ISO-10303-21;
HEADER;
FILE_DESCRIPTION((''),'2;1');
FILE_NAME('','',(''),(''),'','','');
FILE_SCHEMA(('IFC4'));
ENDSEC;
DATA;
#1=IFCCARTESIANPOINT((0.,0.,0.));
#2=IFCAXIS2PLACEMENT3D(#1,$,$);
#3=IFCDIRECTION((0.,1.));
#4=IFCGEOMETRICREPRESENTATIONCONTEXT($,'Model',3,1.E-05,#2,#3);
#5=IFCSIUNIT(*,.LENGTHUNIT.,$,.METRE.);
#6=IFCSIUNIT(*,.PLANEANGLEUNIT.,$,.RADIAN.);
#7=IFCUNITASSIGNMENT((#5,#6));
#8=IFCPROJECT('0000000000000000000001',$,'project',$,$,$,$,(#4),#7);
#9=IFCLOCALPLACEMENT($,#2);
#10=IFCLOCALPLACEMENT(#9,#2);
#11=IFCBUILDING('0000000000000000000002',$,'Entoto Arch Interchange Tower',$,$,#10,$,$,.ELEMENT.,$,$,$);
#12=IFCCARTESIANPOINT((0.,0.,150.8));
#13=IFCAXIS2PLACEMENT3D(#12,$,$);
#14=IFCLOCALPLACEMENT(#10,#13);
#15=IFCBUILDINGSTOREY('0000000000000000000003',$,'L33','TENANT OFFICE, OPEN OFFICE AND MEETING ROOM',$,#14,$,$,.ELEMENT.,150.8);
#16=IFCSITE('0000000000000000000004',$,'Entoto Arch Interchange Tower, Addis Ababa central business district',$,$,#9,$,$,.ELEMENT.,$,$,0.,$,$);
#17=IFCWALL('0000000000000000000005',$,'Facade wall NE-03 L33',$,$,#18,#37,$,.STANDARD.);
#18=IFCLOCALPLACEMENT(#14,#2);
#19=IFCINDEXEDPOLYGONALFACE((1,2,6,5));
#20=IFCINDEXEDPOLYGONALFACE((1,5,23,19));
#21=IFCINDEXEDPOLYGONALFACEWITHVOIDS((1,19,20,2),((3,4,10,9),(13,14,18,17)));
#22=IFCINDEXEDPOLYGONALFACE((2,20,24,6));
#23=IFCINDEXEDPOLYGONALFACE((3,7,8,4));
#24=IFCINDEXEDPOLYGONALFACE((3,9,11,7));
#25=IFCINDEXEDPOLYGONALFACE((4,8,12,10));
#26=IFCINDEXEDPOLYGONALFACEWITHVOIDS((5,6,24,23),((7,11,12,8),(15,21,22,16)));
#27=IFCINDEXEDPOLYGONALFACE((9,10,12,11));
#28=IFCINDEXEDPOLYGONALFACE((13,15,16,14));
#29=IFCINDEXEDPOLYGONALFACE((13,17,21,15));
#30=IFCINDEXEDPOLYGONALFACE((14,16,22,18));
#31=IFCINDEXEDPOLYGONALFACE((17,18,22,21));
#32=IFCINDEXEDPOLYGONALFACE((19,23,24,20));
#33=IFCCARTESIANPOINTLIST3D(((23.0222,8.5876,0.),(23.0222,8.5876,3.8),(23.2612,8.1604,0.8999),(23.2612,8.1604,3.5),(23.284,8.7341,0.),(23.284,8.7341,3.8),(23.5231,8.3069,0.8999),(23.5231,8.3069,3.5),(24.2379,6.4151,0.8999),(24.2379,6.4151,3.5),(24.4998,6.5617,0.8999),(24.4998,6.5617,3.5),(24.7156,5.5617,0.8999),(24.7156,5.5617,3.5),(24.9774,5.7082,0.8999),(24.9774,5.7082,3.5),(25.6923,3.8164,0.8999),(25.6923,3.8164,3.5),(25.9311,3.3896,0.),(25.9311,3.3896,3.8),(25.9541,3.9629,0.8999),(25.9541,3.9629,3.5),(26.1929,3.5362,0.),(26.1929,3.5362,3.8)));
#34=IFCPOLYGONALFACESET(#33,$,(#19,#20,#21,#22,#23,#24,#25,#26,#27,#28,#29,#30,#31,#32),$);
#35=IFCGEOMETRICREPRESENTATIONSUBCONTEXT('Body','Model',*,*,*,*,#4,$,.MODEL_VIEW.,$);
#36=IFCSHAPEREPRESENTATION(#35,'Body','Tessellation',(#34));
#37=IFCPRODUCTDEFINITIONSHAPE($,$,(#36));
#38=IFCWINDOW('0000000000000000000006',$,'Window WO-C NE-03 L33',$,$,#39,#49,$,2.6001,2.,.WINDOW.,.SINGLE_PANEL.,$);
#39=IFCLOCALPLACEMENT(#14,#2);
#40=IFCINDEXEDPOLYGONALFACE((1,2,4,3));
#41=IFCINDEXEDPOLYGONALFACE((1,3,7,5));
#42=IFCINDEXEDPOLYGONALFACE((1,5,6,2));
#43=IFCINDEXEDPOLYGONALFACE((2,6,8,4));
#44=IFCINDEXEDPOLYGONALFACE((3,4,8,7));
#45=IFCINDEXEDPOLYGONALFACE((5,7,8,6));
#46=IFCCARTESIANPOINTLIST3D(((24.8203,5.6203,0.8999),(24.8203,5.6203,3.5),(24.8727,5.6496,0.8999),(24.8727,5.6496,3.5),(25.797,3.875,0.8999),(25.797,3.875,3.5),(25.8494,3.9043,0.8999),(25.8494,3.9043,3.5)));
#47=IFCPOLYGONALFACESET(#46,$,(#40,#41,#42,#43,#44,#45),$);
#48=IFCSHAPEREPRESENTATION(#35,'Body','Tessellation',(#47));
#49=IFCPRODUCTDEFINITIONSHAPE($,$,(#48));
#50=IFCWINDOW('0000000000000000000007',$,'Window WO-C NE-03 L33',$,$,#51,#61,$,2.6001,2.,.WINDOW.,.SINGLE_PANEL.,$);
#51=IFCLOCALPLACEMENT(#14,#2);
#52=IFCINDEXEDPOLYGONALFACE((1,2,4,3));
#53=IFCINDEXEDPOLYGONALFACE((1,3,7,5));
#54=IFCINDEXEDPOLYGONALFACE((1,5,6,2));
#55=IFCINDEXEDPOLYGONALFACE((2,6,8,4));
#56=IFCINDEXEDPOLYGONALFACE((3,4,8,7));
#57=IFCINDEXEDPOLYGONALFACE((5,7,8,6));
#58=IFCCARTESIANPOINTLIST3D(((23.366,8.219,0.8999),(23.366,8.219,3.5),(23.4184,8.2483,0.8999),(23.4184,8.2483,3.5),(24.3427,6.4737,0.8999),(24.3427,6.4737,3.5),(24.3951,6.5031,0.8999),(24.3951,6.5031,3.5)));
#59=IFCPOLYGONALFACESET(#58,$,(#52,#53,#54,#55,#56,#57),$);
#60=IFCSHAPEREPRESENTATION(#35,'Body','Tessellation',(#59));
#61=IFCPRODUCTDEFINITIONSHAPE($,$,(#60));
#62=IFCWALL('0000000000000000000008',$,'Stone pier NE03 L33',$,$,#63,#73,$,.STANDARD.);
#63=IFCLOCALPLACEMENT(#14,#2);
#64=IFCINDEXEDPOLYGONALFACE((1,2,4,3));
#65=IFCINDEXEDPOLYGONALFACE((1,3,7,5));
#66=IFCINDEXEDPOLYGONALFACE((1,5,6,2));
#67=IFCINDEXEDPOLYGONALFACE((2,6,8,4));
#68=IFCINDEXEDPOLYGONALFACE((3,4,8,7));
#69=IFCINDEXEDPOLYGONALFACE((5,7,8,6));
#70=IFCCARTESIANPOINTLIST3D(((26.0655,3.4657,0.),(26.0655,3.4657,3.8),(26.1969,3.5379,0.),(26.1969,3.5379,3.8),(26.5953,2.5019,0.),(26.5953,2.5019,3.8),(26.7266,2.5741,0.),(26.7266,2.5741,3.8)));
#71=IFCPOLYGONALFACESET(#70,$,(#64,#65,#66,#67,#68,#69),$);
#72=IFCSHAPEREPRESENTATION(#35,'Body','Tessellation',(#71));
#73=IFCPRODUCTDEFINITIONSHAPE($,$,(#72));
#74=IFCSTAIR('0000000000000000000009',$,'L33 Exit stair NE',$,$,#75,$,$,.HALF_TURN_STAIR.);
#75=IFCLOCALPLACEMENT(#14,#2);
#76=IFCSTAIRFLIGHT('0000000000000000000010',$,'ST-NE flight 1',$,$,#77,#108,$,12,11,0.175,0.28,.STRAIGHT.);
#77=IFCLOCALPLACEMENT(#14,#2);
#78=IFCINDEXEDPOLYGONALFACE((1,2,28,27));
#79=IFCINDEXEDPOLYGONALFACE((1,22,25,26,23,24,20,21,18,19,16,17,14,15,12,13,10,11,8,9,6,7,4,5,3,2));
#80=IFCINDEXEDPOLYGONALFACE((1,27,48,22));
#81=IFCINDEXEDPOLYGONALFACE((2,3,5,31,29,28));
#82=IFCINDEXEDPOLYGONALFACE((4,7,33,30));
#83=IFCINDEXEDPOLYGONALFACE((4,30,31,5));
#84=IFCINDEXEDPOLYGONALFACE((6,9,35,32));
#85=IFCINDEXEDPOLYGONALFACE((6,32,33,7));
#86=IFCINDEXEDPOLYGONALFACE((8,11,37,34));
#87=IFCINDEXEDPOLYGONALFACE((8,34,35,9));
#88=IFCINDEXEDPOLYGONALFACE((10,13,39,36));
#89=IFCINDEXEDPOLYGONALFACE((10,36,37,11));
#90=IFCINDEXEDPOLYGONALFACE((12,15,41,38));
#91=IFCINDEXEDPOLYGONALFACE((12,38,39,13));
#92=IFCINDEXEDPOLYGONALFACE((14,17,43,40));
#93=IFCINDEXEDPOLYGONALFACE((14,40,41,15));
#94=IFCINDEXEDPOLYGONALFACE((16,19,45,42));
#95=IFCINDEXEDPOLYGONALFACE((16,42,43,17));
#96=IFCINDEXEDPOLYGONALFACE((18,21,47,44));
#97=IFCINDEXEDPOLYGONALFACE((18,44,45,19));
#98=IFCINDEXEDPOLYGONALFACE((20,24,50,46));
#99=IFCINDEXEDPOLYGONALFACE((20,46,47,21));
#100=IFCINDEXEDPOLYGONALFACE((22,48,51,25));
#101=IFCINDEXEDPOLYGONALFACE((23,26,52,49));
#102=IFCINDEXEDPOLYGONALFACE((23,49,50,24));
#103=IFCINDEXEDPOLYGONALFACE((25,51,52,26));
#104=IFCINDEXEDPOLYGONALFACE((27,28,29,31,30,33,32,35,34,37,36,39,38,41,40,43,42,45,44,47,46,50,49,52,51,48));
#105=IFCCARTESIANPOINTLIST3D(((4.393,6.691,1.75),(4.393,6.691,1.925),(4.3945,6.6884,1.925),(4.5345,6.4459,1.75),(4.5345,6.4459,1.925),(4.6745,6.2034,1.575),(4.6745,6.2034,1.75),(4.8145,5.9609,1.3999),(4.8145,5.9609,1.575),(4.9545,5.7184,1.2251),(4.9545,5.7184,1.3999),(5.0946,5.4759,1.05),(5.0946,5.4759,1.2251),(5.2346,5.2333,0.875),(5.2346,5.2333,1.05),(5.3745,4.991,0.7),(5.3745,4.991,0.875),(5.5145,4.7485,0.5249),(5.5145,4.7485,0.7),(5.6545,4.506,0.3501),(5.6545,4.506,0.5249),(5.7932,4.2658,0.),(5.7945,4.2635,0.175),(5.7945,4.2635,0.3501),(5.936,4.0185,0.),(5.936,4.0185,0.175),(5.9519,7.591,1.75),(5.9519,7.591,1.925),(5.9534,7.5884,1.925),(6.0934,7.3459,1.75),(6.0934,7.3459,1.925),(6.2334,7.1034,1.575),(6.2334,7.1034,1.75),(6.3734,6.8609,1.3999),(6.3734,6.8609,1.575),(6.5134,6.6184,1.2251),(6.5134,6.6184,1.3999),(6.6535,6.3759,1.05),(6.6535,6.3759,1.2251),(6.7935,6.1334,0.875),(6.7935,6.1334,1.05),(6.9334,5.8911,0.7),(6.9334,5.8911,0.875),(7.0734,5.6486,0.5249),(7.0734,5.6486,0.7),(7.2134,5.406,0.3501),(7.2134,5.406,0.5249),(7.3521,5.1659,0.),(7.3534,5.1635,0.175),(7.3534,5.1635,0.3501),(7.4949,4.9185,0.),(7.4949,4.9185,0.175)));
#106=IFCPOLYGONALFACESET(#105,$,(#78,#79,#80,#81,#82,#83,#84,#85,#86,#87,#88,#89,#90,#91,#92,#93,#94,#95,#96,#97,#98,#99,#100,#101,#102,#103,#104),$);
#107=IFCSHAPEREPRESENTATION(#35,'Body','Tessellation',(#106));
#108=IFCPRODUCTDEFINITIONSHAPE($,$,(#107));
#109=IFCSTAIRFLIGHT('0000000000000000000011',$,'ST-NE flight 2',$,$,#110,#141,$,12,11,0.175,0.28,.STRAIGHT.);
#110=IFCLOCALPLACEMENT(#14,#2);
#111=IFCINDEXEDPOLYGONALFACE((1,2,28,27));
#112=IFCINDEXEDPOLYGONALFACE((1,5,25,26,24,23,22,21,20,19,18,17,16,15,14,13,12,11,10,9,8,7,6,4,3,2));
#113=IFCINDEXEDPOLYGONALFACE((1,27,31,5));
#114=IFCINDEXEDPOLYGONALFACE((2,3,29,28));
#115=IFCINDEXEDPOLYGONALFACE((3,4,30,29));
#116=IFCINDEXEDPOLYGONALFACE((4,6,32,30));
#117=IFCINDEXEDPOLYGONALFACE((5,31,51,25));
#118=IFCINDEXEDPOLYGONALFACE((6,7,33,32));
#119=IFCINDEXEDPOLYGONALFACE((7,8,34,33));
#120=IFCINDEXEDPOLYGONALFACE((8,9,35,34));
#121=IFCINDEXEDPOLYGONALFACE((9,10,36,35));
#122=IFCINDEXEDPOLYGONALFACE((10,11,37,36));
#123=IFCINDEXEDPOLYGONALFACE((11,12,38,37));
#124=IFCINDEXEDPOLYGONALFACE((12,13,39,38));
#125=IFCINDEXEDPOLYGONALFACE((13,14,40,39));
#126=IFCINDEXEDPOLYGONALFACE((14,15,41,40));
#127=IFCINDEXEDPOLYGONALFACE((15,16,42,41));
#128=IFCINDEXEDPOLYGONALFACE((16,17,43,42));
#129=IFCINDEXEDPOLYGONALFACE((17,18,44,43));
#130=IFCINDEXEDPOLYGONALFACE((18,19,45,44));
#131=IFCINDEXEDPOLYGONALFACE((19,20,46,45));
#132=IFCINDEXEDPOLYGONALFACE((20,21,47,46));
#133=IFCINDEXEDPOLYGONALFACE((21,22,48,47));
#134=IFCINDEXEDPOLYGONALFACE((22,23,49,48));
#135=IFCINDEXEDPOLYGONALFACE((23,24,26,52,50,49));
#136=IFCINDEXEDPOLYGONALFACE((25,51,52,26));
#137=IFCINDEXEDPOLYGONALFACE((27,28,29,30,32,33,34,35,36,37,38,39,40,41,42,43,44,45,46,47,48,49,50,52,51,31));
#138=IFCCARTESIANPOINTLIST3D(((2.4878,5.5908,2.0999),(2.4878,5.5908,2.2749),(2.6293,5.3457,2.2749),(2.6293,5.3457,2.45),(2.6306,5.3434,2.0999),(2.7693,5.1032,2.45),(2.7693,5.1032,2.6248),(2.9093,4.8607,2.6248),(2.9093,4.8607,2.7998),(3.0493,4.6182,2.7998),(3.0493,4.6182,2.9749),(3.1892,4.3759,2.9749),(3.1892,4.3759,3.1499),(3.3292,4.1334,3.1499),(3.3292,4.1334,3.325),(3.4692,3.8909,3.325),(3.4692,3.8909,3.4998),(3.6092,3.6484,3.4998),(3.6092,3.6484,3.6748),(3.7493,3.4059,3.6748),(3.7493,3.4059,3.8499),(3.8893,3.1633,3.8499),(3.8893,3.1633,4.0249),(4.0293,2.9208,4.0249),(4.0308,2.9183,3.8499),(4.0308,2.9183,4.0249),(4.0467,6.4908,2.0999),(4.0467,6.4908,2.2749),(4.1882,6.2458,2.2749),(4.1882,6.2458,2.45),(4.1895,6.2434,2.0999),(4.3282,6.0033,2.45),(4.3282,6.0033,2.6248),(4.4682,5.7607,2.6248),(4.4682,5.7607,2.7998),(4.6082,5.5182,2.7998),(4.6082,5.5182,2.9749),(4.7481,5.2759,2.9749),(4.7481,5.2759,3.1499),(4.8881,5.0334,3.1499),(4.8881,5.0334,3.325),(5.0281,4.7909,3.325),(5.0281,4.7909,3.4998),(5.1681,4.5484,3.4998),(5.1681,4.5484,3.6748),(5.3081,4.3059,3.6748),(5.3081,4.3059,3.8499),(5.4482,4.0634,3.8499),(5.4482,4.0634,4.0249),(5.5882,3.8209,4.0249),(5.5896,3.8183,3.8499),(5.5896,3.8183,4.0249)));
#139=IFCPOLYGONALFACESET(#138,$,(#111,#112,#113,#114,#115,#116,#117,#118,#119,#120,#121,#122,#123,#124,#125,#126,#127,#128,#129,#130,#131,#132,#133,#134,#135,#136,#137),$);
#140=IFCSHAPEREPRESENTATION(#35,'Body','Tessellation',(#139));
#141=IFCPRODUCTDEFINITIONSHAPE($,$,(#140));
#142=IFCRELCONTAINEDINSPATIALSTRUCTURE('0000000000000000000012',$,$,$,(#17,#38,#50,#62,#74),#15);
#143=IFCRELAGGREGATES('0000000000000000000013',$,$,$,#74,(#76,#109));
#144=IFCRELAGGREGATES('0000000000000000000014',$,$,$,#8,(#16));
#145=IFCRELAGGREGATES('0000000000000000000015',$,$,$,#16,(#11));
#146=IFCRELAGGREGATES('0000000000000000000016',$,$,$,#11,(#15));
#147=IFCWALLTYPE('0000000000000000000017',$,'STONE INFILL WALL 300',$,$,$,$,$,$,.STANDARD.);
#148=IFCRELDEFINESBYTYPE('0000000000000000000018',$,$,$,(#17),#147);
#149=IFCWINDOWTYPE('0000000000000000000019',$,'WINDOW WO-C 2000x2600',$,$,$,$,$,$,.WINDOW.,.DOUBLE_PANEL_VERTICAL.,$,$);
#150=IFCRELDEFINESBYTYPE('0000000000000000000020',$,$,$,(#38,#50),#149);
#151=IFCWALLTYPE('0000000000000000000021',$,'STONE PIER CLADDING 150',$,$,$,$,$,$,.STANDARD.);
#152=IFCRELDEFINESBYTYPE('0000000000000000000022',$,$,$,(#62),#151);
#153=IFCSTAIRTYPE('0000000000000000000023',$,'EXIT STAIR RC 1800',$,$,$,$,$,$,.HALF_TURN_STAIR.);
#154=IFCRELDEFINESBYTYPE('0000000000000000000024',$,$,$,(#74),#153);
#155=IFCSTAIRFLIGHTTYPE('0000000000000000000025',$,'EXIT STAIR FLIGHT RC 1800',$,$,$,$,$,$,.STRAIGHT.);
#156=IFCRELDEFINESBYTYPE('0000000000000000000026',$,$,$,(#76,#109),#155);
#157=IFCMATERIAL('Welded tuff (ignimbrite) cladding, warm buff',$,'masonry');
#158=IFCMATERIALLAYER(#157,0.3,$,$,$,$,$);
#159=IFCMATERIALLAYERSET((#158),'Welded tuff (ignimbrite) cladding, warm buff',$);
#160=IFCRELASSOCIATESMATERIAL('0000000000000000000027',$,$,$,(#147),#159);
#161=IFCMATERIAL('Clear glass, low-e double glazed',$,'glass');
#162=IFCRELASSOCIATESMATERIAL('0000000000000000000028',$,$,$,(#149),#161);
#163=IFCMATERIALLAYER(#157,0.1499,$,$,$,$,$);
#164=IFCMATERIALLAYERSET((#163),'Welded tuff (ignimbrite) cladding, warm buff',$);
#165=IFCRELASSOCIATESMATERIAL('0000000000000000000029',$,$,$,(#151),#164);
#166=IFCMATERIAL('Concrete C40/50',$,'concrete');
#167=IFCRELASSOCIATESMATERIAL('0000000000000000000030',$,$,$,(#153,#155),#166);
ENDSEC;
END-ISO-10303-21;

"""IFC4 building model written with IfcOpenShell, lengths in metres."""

from ifc_helpers import new_model, si_unit, direction, frame, frame_2d, origin, place, context, subcontext, project, spatial, polyline, rectangle, outline, extrude, material, layer, layer_set, type_object, element, fill, aggregate, save


model = new_model("IFC4")

# Units and contexts
model_context = context("Model", 3, precision=1e-05, world=origin(), true_north=direction((0.0, 1.0)))
body_context = subcontext(model_context, "Body", "Model", "MODEL_VIEW")
ifc_project = project(units=[si_unit("LENGTHUNIT", "METRE"), si_unit("PLANEANGLEUNIT", "RADIAN")], contexts=[model_context])

# Site, building, storey
site_placement = place(None, origin())
site = spatial("IfcSite", under=ifc_project, at=site_placement, Name="Entoto Arch Interchange Tower, Addis Ababa central business district", CompositionType="ELEMENT", RefElevation=0.0)
building_placement = place(site_placement, origin())
building = spatial("IfcBuilding", under=site, at=building_placement, Name="Entoto Arch Interchange Tower", CompositionType="ELEMENT")
storey_placement = place(building_placement, frame((0.0, 0.0, 150.8)))
storey = spatial("IfcBuildingStorey", under=building, at=storey_placement, Name="L33", Description="TENANT OFFICE, OPEN OFFICE AND MEETING ROOM", CompositionType="ELEMENT", Elevation=150.8)

# Shared definitions
ifc_material_1 = material(Name="Concrete C40/50", Category="concrete")

# Wall, openings, windows
ifc_material_2 = material(Name="Welded tuff (ignimbrite) cladding, warm buff", Category="masonry")
ifc_layer_1 = layer(ifc_material_2, 0.3)
ifc_layer_set_1 = layer_set([ifc_layer_1], Name="Welded tuff (ignimbrite) cladding, warm buff")
wall_type_1 = type_object("IfcWallType", Name="STONE INFILL WALL 300", PredefinedType="STANDARD", material=ifc_layer_set_1)
wall_1_placement = place(storey_placement, frame((26.062, 3.4629, 0.0), z_axis=(0.0, 0.0, 1.0), x_axis=(-0.488355, 0.872645, 0.0)))
wall_1 = element("IfcWall", 1, at=wall_1_placement, inside=storey, type_object=wall_type_1, Name="Facade wall NE-03 L33", PredefinedType="STANDARD", context=body_context, shape_type="SweptSolid", body=[
    extrude(rectangle(XDim=5.9565, YDim=0.3, at=frame_2d((2.9783, 0.0))), origin(), (0.0, 0.0, 1.0), 3.8),
])
opening_1_placement = place(wall_1_placement, frame((0.489, 0.0, 0.8999)))
opening_1 = element("IfcOpeningElement", 2, at=opening_1_placement, cuts=wall_1, PredefinedType="OPENING", context=body_context, shape_type="SweptSolid", body=[
    extrude(rectangle(XDim=2.0, YDim=2.6001, at=frame_2d((1.0, 1.3))), frame((0.0, 0.1602, 0.0), z_axis=(0.0, -1.0, 0.0), x_axis=(1.0, 0.0, 0.0)), (0.0, 0.0, 1.0), 0.3201),
])
opening_2_placement = place(wall_1_placement, frame((3.467, 0.0, 0.8999)))
opening_2 = element("IfcOpeningElement", 3, at=opening_2_placement, cuts=wall_1, PredefinedType="OPENING", context=body_context, shape_type="SweptSolid", body=[
    extrude(rectangle(XDim=2.0, YDim=2.6001, at=frame_2d((1.0, 1.3))), frame((0.0, 0.1602, 0.0), z_axis=(0.0, -1.0, 0.0), x_axis=(1.0, 0.0, 0.0)), (0.0, 0.0, 1.0), 0.3201),
])
ifc_material_3 = material(Name="Clear glass, low-e double glazed", Category="glass")
window_type = type_object("IfcWindowType", Name="WINDOW WO-C 2000x2600", PartitioningType="DOUBLE_PANEL_VERTICAL", PredefinedType="WINDOW", material=ifc_material_3)
window_1_placement = place(opening_1_placement, origin())
window_1 = element("IfcWindow", 4, at=window_1_placement, inside=storey, type_object=window_type, Name="Window WO-C NE-03 L33", OverallHeight=2.6001, OverallWidth=2.0, PartitioningType="SINGLE_PANEL", PredefinedType="WINDOW", context=body_context, shape_type="SweptSolid", body=[
    extrude(rectangle(XDim=2.0, YDim=2.6001, at=frame_2d((1.0, 1.3))), frame((0.0, 0.03, 0.0), z_axis=(0.0, -1.0, 0.0), x_axis=(1.0, 0.0, 0.0)), (0.0, 0.0, 1.0), 0.0601),
])
fill(opening_1, window_1)
window_2_placement = place(opening_2_placement, origin())
window_2 = element("IfcWindow", 5, at=window_2_placement, inside=storey, type_object=window_type, Name="Window WO-C NE-03 L33", OverallHeight=2.6001, OverallWidth=2.0, PartitioningType="SINGLE_PANEL", PredefinedType="WINDOW", context=body_context, shape_type="SweptSolid", body=[
    extrude(rectangle(XDim=2.0, YDim=2.6001, at=frame_2d((1.0, 1.3))), frame((0.0, 0.03, 0.0), z_axis=(0.0, -1.0, 0.0), x_axis=(1.0, 0.0, 0.0)), (0.0, 0.0, 1.0), 0.0601),
])
fill(opening_2, window_2)

# Wall
ifc_layer_2 = layer(ifc_material_2, 0.1499)
ifc_layer_set_2 = layer_set([ifc_layer_2], Name="Welded tuff (ignimbrite) cladding, warm buff")
wall_type_2 = type_object("IfcWallType", Name="STONE PIER CLADDING 150", PredefinedType="STANDARD", material=ifc_layer_set_2)
wall_2_placement = place(storey_placement, frame((26.6609, 2.5381, 0.0), z_axis=(0.0, 0.0, 1.0), x_axis=(-0.48168, 0.876347, 0.0)))
element("IfcWall", 6, at=wall_2_placement, inside=storey, type_object=wall_type_2, Name="Stone pier NE03 L33", PredefinedType="STANDARD", context=body_context, shape_type="SweptSolid", body=[
    extrude(rectangle(XDim=1.0999, YDim=0.1499, at=frame_2d((0.5498, 0.0))), origin(), (0.0, 0.0, 1.0), 3.8),
])

# Stair, stair flights
stair_type = type_object("IfcStairType", Name="EXIT STAIR RC 1800", PredefinedType="HALF_TURN_STAIR", material=ifc_material_1)
stair_placement = place(storey_placement, origin())
stair = element("IfcStair", 7, at=stair_placement, inside=storey, type_object=stair_type, Name="L33 Exit stair NE", PredefinedType="HALF_TURN_STAIR")
stair_flight_type = type_object("IfcStairFlightType", Name="EXIT STAIR FLIGHT RC 1800", PredefinedType="STRAIGHT", material=ifc_material_1)
stair_flight_1_placement = place(storey_placement, frame((6.7139, 4.4709, 0.0), z_axis=(0.0, 0.0, 1.0), x_axis=(-0.5, 0.866025, 0.0)))
stair_flight_1 = element("IfcStairFlight", 8, at=stair_flight_1_placement, type_object=stair_flight_type, Name="ST-NE flight 1", NumberOfRisers=12, NumberOfTreads=11, PredefinedType="STRAIGHT", RiserHeight=0.175, TreadLength=0.28, context=body_context, shape_type="SweptSolid", body=[
    extrude(outline(polyline([(-0.0029, 0.0), (-0.0029, 0.175), (0.28, 0.175), (0.28, 0.3501), (0.5601, 0.3501), (0.5601, 0.5249), (0.8401, 0.5249), (0.8401, 0.7), (1.1201, 0.7), (1.1201, 0.875), (1.3999, 0.875), (1.3999, 1.05), (1.6799, 1.05), (1.6799, 1.2251), (1.96, 1.2251), (1.96, 1.3999), (2.24, 1.3999), (2.24, 1.575), (2.52, 1.575), (2.52, 1.75), (2.8, 1.75), (2.8, 1.925), (3.0801, 1.925), (3.083, 1.925), (3.083, 1.75), (0.2827, 0.0), (-0.0029, 0.0)])), frame((0.0, 0.8999, 0.0), z_axis=(0.0, -1.0, 0.0), x_axis=(1.0, 0.0, 0.0)), (0.0, 0.0, 1.0), 1.8),
])
stair_flight_2_placement = place(storey_placement, frame((3.2688, 6.0383, 2.0999), z_axis=(0.0, 0.0, 1.0), x_axis=(0.5, -0.866025, 0.0)))
stair_flight_2 = element("IfcStairFlight", 9, at=stair_flight_2_placement, type_object=stair_flight_type, Name="ST-NE flight 2", NumberOfRisers=12, NumberOfTreads=11, PredefinedType="STRAIGHT", RiserHeight=0.175, TreadLength=0.28, context=body_context, shape_type="SweptSolid", body=[
    extrude(outline(polyline([(-0.0029, 0.0), (-0.0029, 0.175), (0.28, 0.175), (0.28, 0.3501), (0.5601, 0.3501), (0.5601, 0.5249), (0.8401, 0.5249), (0.8401, 0.7), (1.1201, 0.7), (1.1201, 0.875), (1.3999, 0.875), (1.3999, 1.05), (1.6799, 1.05), (1.6799, 1.2251), (1.96, 1.2251), (1.96, 1.3999), (2.24, 1.3999), (2.24, 1.575), (2.52, 1.575), (2.52, 1.75), (2.8, 1.75), (2.8, 1.925), (3.0801, 1.925), (3.083, 1.925), (3.083, 1.75), (0.2827, 0.0), (-0.0029, 0.0)])), frame((0.0, 0.8999, 0.0), z_axis=(0.0, -1.0, 0.0), x_axis=(1.0, 0.0, 0.0)), (0.0, 0.0, 1.0), 1.8),
])
aggregate(stair, [stair_flight_1, stair_flight_2])

save(model, "model.ifc")
